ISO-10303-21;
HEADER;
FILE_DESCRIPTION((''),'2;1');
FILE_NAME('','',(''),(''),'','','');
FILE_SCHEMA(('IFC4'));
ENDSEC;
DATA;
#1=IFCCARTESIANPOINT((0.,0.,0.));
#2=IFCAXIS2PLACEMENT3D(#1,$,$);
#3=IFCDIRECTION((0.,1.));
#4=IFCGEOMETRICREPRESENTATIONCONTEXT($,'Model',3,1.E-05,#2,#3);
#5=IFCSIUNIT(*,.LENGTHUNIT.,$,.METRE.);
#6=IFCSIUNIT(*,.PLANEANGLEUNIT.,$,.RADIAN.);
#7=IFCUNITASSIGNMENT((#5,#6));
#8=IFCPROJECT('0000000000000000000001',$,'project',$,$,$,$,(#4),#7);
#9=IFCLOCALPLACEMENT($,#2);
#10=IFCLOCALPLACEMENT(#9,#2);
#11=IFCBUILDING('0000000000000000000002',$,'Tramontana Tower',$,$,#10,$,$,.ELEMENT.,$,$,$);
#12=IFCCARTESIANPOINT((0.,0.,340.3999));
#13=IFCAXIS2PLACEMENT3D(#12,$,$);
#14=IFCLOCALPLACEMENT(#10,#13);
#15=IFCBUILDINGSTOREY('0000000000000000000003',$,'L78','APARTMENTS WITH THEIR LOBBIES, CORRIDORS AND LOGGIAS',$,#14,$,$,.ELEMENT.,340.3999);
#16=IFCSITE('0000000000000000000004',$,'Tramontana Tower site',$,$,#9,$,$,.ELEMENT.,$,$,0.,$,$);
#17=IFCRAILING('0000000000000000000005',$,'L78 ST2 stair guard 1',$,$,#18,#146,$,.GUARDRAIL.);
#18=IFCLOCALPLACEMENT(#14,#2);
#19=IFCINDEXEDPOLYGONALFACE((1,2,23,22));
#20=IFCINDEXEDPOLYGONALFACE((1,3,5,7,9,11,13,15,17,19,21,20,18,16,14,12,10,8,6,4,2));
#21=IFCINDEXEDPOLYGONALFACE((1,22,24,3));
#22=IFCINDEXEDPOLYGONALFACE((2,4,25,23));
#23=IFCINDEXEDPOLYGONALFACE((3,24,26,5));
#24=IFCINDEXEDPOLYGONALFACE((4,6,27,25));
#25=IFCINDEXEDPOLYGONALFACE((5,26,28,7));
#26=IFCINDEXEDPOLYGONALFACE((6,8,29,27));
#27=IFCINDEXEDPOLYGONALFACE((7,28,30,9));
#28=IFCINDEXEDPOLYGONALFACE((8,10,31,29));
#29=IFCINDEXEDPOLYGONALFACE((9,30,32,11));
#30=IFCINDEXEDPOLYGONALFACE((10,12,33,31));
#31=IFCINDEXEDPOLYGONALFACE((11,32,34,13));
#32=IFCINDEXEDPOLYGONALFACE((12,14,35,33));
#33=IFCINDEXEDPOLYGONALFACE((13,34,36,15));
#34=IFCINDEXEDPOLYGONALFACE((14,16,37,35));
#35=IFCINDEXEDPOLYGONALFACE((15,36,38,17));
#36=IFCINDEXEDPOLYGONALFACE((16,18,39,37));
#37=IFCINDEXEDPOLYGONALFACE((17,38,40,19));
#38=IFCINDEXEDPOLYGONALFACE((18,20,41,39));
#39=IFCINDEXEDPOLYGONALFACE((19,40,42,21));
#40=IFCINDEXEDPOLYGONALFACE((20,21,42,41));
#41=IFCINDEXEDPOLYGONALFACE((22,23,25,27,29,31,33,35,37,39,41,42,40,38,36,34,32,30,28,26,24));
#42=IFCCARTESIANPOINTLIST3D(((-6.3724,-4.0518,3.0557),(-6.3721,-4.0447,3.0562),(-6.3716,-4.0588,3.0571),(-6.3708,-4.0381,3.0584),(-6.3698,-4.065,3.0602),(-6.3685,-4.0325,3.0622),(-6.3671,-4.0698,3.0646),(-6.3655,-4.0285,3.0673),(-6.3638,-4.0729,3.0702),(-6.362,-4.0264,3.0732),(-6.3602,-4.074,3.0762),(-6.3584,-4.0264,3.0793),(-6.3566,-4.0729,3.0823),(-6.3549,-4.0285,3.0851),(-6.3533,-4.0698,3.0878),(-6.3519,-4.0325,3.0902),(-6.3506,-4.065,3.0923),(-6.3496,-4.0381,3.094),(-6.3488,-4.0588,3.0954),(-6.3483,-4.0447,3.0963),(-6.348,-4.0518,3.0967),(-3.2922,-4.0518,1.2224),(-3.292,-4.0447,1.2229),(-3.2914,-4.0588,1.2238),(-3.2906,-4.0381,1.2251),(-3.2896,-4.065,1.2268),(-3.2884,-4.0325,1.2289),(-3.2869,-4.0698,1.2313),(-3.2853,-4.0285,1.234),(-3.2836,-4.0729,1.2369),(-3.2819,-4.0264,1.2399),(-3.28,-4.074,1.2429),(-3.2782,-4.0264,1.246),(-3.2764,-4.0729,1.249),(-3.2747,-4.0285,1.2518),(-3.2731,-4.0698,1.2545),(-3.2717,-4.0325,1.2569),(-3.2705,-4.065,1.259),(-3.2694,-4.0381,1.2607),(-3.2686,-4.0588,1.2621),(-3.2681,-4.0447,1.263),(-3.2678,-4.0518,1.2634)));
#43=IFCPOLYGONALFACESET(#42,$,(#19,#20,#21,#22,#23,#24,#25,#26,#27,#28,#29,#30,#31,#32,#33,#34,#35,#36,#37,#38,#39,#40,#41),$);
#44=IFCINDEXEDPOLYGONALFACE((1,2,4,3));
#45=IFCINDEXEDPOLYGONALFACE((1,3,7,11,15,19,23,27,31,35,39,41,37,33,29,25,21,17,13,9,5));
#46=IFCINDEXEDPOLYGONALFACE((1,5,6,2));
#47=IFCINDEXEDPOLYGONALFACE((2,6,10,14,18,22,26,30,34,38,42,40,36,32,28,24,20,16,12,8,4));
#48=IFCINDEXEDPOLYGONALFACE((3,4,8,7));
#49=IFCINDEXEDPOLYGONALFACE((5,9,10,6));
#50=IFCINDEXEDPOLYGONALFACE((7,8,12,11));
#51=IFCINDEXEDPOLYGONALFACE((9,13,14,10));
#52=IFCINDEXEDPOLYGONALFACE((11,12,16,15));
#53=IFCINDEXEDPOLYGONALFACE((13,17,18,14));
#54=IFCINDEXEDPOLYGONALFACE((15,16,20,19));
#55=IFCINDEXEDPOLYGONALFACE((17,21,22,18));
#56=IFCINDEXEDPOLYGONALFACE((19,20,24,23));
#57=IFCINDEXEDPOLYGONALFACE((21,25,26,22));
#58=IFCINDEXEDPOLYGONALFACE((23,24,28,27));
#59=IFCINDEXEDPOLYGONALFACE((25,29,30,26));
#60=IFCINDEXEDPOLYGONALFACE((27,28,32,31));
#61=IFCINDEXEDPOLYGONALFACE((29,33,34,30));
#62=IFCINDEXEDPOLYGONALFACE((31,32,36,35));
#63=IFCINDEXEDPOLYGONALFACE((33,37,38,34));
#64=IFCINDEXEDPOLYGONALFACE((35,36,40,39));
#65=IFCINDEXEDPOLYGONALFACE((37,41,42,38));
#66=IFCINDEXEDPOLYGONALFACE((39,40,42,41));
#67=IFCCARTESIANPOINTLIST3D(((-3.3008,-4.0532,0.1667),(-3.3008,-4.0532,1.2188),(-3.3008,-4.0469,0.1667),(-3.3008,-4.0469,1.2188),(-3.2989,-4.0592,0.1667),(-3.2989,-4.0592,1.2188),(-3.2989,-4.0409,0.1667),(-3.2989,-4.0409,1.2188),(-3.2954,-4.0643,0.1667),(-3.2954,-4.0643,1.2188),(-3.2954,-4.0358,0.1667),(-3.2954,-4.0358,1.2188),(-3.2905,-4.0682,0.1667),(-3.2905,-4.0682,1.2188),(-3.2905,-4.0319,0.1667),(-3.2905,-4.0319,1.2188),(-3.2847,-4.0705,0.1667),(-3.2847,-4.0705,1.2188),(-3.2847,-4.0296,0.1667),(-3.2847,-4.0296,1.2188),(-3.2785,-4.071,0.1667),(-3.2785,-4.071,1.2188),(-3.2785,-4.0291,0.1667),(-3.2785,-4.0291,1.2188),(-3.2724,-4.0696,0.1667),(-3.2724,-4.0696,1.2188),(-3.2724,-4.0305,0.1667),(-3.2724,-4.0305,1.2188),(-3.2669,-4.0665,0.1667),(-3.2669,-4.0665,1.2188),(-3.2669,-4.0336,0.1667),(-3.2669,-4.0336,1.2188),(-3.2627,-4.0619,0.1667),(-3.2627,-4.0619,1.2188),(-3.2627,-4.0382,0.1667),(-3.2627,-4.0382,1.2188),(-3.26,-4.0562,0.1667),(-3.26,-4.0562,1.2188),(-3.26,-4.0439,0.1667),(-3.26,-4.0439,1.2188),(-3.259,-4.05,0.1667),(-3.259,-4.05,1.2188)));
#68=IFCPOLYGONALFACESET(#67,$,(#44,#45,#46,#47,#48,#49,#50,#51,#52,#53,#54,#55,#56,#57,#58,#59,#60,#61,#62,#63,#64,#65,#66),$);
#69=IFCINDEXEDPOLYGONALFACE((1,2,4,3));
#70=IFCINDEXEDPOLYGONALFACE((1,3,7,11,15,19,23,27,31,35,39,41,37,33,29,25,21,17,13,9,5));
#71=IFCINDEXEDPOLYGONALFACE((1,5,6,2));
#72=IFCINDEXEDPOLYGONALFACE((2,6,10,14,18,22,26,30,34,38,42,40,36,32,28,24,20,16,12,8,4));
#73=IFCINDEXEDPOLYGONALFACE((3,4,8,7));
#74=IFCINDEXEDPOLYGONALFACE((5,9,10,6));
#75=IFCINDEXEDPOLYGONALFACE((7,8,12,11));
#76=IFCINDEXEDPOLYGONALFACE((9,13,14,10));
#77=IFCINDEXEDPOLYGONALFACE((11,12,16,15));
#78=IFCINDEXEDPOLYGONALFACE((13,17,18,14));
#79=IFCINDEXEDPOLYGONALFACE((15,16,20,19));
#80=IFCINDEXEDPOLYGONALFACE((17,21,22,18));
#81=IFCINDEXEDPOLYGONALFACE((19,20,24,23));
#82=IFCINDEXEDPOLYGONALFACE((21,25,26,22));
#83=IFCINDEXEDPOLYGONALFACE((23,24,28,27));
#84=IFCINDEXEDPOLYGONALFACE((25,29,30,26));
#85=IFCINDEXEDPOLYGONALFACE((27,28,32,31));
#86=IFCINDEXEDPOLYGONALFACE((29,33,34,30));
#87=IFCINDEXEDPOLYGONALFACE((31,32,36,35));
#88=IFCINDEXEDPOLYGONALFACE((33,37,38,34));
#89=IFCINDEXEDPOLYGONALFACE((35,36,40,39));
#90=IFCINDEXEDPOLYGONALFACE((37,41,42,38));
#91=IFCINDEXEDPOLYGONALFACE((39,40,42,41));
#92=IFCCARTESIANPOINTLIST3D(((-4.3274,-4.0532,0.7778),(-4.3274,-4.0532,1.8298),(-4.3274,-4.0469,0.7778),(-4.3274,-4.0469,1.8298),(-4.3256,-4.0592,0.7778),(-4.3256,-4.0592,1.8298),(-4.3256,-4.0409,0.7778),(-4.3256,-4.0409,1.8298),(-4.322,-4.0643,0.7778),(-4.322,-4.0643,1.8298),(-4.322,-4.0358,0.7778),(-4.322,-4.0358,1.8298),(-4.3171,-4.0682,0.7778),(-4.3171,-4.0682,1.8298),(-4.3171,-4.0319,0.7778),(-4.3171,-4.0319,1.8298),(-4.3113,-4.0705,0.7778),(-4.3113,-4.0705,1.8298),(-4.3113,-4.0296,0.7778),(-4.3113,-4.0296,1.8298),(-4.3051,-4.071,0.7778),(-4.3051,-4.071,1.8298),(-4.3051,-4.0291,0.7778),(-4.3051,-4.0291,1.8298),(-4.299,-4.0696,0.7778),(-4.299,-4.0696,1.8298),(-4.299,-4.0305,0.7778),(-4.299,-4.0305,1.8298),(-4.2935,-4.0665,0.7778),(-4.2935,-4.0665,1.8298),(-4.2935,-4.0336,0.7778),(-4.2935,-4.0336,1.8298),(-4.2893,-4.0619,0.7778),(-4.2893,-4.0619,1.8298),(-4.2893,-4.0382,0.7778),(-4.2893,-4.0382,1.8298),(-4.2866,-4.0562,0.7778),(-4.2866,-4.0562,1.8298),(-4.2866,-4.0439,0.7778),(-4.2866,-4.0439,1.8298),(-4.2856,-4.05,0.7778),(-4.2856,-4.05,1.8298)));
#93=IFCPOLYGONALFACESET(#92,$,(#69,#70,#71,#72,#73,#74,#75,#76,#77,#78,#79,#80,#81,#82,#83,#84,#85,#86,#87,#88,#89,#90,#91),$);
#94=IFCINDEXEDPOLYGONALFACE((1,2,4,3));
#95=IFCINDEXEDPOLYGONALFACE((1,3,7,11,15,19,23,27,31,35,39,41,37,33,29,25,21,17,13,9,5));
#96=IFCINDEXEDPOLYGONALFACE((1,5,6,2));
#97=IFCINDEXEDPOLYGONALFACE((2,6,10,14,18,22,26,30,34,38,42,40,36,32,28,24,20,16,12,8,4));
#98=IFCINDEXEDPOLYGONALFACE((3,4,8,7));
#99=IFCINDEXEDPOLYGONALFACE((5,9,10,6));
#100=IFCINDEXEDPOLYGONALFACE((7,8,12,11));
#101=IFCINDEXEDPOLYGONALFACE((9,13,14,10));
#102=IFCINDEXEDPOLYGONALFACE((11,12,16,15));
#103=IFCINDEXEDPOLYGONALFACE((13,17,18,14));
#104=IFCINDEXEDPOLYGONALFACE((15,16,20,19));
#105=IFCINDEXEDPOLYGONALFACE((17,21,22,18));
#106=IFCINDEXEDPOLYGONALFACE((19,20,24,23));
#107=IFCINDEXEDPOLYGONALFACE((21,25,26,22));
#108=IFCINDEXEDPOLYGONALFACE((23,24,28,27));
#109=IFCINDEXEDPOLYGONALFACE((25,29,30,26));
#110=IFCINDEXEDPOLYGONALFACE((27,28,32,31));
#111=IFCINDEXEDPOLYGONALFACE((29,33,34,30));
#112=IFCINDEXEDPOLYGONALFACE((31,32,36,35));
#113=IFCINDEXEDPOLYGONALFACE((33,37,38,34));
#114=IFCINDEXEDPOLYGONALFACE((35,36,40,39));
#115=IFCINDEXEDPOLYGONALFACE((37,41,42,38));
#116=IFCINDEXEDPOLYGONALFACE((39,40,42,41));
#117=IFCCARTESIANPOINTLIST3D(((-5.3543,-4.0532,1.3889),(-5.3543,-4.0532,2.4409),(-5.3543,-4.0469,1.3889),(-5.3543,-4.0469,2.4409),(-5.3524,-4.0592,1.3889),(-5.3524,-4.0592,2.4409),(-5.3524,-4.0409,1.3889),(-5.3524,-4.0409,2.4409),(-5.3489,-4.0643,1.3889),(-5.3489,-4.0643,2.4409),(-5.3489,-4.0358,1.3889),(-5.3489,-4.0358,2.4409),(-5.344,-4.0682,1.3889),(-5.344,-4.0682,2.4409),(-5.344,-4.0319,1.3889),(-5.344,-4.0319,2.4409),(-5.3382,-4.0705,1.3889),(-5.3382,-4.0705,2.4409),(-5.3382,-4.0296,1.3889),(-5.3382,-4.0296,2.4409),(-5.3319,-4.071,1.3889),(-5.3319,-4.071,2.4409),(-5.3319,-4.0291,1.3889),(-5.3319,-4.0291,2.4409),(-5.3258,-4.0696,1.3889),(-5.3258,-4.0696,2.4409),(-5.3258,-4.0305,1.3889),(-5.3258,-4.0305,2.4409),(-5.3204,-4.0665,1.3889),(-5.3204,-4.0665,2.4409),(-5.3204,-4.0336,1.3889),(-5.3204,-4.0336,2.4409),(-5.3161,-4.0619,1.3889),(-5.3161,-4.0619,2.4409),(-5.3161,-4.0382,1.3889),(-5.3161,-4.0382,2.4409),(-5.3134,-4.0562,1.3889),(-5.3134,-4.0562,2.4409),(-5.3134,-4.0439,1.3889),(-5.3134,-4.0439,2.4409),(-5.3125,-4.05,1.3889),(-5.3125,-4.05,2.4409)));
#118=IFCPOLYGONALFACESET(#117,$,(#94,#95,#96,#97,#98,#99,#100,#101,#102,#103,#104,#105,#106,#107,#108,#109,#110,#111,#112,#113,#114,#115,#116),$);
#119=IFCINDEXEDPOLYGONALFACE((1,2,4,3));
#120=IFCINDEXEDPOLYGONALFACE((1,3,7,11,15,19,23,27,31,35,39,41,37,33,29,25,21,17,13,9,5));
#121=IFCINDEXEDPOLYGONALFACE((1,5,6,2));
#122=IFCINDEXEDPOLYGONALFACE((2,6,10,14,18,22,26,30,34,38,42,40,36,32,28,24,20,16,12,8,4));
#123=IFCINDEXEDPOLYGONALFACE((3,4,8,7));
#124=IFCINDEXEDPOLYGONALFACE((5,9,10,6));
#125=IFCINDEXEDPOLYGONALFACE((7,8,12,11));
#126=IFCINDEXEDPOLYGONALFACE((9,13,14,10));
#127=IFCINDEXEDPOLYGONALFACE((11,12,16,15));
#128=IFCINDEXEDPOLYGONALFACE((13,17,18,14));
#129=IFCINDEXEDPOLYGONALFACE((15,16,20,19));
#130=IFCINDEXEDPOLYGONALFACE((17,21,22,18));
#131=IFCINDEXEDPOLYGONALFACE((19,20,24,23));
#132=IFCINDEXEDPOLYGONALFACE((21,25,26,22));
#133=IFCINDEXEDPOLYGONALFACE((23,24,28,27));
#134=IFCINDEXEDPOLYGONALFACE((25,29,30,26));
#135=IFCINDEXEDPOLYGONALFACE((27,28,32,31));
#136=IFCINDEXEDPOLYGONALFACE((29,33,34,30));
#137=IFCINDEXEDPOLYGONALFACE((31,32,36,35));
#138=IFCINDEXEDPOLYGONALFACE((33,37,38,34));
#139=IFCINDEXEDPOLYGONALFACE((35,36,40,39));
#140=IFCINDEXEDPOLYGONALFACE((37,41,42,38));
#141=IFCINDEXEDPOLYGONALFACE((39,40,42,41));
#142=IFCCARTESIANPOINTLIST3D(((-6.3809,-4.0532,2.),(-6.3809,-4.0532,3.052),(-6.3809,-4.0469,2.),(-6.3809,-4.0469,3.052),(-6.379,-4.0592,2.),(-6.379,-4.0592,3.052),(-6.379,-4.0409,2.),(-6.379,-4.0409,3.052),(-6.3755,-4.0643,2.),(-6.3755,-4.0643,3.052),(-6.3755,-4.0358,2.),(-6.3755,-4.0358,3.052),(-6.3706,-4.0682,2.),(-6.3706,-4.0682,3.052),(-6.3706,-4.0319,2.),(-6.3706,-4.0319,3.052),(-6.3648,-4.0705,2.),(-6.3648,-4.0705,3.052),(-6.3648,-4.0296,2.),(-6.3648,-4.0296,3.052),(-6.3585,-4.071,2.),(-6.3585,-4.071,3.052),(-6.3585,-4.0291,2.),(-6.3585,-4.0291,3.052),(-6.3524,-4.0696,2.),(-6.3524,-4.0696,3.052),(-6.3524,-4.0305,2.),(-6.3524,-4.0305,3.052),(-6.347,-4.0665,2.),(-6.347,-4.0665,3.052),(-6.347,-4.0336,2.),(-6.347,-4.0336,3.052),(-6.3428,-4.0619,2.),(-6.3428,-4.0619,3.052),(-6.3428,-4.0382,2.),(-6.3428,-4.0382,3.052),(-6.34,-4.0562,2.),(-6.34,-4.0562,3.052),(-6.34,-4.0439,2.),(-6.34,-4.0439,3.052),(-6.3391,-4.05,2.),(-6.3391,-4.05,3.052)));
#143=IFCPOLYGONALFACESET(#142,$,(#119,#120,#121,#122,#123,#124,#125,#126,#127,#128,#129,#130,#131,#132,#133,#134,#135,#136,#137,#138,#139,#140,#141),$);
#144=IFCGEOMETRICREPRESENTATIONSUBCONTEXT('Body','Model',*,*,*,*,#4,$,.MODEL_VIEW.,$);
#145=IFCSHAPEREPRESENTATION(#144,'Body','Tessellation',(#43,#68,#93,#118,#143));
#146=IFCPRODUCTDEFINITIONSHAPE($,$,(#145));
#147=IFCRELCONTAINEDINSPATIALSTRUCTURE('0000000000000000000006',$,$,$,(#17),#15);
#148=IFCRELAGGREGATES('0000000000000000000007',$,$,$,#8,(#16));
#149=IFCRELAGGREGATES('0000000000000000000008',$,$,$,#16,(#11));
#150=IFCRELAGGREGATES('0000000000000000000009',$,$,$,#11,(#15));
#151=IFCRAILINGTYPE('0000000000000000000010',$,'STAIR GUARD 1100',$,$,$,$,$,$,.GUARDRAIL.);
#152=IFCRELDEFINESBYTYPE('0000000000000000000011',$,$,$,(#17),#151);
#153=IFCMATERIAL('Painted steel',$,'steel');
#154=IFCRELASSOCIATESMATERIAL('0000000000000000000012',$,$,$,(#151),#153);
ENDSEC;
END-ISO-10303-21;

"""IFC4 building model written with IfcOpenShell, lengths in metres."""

from ifc_helpers import new_model, si_unit, direction, frame, origin, origin_2d, place, context, subcontext, project, spatial, circle, extrude, material, type_object, element, save


model = new_model("IFC4")

# Units and contexts
model_context = context("Model", 3, precision=1e-05, world=origin(), true_north=direction((0.0, 1.0)))
body_context = subcontext(model_context, "Body", "Model", "MODEL_VIEW")
ifc_project = project(units=[si_unit("LENGTHUNIT", "METRE"), si_unit("PLANEANGLEUNIT", "RADIAN")], contexts=[model_context])

# Site, building, storey
site_placement = place(None, origin())
site = spatial("IfcSite", under=ifc_project, at=site_placement, Name="Tramontana Tower site", CompositionType="ELEMENT", RefElevation=0.0)
building_placement = place(site_placement, origin())
building = spatial("IfcBuilding", under=site, at=building_placement, Name="Tramontana Tower", CompositionType="ELEMENT")
storey_placement = place(building_placement, frame((0.0, 0.0, 340.3999)))
storey = spatial("IfcBuildingStorey", under=building, at=storey_placement, Name="L78", Description="APARTMENTS WITH THEIR LOBBIES, CORRIDORS AND LOGGIAS", CompositionType="ELEMENT", Elevation=340.3999)

# Railing
ifc_material_1 = material(Name="Painted steel", Category="steel")
railing_type_1 = type_object("IfcRailingType", Name="STAIR GUARD 1100", PredefinedType="GUARDRAIL", material=ifc_material_1)
railing_1_placement = place(storey_placement, frame((-3.28, -4.05, 0.1667)))
element("IfcRailing", 1, at=railing_1_placement, inside=storey, type_object=railing_type_1, Name="L78 ST2 stair guard 1", PredefinedType="GUARDRAIL", context=body_context, shape_type="SweptSolid", body=[
    extrude(circle(Radius=0.0239, at=origin_2d()), frame((0.0, 0.0, 1.0762), z_axis=(-0.859309, 0.0, 0.511458), x_axis=(0.0, -1.0, 0.0)), (0.0, 0.0, 1.0), 3.5845),
    extrude(circle(Radius=0.021, at=origin_2d()), origin(), (0.0, 0.0, 1.0), 1.052),
    extrude(circle(Radius=0.021, at=origin_2d()), frame((-1.0266, 0.0, 0.6111)), (0.0, 0.0, 1.0), 1.052),
    extrude(circle(Radius=0.021, at=origin_2d()), frame((-2.0535, 0.0, 1.2222)), (0.0, 0.0, 1.0), 1.052),
    extrude(circle(Radius=0.021, at=origin_2d()), frame((-3.0801, 0.0, 1.8333)), (0.0, 0.0, 1.0), 1.052),
])

save(model, "model.ifc")
